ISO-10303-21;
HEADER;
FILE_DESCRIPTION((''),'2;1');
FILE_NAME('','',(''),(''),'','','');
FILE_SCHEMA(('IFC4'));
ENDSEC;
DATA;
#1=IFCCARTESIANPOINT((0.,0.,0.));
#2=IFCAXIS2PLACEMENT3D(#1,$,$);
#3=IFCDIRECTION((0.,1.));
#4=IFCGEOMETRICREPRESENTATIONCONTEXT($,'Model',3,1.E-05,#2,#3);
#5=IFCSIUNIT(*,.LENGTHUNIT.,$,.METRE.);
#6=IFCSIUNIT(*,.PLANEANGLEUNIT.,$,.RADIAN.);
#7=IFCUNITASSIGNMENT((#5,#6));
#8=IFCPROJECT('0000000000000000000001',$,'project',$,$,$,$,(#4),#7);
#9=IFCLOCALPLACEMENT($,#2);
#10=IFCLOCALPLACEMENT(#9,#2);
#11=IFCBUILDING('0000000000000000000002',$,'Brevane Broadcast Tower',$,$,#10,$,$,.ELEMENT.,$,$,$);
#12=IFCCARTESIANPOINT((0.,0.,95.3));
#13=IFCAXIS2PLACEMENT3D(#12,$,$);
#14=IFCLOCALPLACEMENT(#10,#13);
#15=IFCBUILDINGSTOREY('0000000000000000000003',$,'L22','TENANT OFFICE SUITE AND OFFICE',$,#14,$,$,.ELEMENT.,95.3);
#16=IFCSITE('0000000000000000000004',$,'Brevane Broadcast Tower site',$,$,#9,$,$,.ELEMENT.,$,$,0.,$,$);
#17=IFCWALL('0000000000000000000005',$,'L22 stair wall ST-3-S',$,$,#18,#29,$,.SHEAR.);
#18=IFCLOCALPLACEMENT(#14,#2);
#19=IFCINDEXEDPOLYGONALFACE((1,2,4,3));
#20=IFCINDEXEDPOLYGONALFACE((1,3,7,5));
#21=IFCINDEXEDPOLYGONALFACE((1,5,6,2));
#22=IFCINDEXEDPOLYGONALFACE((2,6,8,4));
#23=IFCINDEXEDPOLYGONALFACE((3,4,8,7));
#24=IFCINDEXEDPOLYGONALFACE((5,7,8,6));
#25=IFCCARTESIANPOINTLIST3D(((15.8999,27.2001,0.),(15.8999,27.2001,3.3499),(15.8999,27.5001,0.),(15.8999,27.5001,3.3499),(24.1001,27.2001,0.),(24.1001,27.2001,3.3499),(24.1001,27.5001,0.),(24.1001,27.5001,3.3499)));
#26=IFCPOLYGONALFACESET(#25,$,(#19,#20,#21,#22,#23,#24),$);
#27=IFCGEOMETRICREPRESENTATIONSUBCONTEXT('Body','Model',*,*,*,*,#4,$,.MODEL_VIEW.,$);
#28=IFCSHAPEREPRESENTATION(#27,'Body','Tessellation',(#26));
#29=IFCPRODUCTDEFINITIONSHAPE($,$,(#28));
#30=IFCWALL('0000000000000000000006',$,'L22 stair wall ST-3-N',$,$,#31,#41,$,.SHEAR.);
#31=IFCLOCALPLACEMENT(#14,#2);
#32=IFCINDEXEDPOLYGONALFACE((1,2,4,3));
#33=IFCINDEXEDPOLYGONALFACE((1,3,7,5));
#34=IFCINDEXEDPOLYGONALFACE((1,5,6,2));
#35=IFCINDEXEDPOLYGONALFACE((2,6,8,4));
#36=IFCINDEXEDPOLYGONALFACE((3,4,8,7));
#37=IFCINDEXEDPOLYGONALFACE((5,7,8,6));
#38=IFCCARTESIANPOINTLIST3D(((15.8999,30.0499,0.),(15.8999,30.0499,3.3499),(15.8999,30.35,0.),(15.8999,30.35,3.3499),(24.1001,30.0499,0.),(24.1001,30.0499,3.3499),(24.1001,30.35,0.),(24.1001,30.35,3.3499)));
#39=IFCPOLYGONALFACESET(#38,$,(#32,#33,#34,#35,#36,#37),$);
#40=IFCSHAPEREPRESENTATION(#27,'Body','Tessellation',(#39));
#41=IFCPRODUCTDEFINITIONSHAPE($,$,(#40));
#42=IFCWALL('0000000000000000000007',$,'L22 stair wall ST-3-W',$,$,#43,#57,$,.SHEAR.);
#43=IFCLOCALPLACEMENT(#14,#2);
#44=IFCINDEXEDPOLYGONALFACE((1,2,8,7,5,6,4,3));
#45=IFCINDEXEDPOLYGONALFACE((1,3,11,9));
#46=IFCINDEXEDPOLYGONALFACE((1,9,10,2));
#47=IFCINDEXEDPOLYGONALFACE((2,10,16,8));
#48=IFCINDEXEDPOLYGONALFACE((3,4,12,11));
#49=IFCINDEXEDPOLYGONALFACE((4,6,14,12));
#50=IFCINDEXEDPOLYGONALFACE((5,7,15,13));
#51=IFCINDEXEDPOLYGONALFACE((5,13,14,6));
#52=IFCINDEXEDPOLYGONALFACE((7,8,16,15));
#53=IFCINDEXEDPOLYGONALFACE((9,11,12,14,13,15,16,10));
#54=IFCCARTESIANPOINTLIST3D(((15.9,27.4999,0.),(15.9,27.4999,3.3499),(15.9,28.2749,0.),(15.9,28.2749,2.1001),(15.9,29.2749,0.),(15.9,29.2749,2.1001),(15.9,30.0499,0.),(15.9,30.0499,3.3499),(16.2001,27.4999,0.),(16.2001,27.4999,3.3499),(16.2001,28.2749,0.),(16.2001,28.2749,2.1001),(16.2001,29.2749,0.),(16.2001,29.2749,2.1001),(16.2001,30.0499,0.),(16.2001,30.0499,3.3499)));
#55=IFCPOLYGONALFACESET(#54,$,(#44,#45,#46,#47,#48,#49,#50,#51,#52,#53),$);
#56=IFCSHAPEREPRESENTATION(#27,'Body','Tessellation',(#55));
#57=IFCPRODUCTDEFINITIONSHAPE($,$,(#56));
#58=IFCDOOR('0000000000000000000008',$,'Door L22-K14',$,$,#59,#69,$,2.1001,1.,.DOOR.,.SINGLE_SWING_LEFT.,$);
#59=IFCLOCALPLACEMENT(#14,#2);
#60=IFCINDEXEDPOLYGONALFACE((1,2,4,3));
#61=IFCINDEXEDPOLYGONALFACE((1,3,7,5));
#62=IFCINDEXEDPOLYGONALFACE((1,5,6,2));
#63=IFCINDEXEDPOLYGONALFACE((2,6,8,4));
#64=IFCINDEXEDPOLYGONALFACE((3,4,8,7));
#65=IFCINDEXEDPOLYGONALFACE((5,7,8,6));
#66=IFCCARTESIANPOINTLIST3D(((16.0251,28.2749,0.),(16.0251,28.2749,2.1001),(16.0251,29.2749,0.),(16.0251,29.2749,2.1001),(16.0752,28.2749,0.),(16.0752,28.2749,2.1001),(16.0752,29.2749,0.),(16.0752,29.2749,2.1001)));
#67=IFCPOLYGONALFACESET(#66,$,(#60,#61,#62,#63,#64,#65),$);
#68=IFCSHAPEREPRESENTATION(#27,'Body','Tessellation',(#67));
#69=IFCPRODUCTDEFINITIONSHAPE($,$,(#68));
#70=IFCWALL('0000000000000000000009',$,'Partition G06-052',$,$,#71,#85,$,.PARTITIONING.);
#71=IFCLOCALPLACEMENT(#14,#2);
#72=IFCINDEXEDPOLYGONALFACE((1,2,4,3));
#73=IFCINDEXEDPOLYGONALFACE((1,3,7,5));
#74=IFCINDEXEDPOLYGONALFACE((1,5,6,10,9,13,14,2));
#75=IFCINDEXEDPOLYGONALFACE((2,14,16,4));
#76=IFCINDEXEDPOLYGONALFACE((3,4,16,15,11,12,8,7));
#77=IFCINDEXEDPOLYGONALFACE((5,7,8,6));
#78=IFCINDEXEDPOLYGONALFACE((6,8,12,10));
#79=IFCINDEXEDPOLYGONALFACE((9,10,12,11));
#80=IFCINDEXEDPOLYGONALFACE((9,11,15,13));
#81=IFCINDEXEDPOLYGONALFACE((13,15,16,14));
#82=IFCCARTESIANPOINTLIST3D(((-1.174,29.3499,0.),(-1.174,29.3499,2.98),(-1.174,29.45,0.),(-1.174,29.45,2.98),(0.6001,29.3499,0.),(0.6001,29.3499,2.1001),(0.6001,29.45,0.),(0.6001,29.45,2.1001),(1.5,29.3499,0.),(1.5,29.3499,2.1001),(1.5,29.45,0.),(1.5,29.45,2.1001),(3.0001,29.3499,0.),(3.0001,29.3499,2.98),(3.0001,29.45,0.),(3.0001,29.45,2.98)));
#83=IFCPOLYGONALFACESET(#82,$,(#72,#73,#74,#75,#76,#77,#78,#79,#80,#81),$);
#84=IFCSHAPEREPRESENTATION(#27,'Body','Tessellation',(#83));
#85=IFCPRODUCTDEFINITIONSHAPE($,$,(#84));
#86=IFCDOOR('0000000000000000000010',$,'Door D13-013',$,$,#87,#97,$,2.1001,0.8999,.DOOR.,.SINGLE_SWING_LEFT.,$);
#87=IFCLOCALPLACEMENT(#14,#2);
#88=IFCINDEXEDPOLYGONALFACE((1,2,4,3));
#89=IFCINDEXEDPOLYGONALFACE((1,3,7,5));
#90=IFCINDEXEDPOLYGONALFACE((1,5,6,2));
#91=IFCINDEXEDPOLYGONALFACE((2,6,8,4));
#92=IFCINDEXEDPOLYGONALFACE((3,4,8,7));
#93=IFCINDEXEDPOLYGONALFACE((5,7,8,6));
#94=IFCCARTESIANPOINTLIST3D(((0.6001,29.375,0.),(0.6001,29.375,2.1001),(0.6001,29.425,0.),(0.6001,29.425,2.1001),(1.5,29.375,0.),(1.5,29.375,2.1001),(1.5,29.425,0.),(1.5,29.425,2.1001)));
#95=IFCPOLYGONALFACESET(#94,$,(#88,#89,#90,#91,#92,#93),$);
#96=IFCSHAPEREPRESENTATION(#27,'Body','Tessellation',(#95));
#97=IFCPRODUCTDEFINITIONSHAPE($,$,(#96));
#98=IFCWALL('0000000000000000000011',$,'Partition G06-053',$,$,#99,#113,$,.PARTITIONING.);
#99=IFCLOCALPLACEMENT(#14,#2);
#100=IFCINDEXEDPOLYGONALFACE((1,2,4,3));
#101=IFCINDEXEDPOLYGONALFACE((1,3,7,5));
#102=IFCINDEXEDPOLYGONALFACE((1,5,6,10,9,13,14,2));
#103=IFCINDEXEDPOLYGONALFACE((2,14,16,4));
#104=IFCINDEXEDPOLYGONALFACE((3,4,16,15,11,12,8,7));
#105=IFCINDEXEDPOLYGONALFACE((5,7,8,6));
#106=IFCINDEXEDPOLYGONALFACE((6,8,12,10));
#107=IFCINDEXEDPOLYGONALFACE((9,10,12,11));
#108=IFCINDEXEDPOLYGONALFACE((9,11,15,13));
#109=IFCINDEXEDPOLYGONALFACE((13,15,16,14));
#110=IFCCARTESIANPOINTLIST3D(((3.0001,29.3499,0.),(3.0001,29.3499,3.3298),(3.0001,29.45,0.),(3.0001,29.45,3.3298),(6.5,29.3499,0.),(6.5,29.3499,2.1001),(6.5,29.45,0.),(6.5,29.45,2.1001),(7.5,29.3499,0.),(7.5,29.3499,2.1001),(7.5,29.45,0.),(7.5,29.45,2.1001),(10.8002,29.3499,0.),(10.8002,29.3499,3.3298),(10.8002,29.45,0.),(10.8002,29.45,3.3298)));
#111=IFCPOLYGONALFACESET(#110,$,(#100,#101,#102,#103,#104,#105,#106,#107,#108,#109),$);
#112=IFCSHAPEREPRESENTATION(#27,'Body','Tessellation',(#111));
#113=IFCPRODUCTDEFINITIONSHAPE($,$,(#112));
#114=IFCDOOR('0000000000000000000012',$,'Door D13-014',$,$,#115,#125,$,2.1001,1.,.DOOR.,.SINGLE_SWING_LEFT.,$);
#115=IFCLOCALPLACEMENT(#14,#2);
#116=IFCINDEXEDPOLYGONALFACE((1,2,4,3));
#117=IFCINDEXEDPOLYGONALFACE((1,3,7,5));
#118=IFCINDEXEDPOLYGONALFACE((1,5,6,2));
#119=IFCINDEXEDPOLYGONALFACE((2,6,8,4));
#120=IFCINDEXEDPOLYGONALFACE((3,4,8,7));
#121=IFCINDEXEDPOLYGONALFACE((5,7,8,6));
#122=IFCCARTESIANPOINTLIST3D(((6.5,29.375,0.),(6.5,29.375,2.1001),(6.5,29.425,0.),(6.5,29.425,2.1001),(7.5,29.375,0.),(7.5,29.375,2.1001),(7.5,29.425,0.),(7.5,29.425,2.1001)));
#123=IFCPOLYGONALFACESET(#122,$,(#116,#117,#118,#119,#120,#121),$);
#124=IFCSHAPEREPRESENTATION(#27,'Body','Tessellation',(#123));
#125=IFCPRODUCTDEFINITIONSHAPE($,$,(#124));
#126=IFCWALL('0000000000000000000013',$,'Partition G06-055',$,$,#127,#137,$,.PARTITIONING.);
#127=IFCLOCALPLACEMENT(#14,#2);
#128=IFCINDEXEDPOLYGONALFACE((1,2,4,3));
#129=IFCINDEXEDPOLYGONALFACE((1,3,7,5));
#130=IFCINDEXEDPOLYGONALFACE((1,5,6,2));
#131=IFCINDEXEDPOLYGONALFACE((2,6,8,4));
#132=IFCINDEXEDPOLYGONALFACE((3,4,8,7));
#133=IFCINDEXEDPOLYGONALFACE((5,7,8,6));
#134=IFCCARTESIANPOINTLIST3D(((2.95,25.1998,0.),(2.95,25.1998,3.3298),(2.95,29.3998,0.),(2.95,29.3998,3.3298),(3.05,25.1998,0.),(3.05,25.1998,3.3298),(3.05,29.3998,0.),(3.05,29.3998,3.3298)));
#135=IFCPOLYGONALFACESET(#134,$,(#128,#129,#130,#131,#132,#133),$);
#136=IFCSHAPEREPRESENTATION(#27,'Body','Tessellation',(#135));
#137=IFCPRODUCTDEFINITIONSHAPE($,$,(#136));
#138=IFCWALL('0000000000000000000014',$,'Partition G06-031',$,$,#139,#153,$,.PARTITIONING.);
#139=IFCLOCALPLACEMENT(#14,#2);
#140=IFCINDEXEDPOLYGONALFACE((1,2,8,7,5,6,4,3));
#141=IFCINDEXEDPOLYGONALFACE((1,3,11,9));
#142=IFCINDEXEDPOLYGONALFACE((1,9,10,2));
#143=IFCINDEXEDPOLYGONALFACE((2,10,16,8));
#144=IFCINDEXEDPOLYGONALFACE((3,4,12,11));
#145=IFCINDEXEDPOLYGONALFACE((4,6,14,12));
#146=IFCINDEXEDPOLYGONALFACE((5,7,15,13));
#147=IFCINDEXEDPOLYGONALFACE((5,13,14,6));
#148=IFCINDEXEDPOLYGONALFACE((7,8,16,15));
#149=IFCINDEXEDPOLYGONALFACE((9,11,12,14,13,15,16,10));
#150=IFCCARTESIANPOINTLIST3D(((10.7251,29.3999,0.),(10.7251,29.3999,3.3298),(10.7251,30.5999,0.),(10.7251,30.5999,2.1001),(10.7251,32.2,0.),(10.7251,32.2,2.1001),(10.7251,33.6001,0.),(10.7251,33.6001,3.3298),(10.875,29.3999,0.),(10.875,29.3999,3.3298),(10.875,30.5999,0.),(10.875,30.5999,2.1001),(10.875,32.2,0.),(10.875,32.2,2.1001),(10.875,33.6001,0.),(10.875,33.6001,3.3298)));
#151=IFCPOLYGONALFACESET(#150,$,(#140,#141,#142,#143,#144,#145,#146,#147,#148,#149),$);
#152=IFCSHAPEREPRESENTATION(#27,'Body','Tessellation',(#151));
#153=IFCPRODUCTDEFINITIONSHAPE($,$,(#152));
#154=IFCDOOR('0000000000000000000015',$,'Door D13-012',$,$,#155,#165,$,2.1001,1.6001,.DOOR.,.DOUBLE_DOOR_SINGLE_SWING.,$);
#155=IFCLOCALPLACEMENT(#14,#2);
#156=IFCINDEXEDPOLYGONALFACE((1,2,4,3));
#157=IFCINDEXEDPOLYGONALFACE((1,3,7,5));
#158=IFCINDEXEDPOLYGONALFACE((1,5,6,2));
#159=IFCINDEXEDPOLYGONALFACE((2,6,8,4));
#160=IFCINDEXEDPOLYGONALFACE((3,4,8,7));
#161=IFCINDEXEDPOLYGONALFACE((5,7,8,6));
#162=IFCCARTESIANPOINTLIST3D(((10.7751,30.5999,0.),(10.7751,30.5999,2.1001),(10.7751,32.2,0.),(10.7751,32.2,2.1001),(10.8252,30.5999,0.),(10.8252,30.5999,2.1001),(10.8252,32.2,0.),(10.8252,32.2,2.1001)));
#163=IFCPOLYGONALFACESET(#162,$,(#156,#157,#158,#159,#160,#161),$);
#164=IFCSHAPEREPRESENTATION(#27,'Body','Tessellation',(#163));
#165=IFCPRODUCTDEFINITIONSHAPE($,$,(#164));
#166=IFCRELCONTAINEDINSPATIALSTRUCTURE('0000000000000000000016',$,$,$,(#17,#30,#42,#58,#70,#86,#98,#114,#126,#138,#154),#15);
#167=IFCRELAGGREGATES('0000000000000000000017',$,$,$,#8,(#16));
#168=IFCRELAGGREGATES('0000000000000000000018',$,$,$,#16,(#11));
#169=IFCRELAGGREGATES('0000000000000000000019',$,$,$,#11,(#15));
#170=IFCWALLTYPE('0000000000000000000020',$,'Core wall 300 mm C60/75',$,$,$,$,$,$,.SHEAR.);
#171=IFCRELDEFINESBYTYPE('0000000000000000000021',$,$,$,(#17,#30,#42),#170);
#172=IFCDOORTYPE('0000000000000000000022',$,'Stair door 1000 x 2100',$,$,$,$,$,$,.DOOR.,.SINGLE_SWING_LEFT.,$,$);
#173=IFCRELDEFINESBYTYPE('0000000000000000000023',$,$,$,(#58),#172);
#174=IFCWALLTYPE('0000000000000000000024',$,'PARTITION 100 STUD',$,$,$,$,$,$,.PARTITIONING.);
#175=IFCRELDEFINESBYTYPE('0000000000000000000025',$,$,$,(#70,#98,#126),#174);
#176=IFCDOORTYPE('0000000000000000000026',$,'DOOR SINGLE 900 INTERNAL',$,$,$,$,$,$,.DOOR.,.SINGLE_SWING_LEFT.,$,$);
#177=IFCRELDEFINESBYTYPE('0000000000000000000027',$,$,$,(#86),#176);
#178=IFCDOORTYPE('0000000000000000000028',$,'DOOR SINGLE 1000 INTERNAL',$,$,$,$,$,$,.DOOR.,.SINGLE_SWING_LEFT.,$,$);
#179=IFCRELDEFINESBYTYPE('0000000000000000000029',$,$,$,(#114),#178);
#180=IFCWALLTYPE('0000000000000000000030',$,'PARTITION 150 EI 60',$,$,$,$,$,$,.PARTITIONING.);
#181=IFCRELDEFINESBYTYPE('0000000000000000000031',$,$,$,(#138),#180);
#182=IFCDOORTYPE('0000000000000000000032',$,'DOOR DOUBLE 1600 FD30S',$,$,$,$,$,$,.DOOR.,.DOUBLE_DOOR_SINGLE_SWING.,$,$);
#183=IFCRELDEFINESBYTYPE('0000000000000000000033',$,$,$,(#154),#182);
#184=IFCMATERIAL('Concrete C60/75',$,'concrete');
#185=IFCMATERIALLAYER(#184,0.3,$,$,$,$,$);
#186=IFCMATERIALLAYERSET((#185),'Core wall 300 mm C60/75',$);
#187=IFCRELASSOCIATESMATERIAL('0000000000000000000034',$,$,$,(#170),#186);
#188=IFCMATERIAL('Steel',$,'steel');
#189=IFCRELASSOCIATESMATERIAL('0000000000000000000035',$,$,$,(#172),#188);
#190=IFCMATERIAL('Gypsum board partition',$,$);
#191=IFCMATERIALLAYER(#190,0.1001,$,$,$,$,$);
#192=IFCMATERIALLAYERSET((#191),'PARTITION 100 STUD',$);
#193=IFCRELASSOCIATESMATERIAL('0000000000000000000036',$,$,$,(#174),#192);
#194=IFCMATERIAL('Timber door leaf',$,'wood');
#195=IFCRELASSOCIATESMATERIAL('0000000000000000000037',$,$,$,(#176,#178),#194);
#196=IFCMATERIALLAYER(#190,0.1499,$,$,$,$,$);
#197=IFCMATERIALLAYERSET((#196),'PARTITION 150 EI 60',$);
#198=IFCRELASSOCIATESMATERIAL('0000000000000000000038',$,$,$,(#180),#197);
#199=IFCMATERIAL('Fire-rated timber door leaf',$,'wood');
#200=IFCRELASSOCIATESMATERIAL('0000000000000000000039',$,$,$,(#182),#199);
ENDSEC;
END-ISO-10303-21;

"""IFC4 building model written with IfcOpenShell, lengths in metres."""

from ifc_helpers import new_model, si_unit, direction, frame, frame_2d, origin, place, context, subcontext, project, spatial, rectangle, extrude, material, layer, layer_set, type_object, element, fill, save


model = new_model("IFC4")

# Units and contexts
model_context = context("Model", 3, precision=1e-05, world=origin(), true_north=direction((0.0, 1.0)))
body_context = subcontext(model_context, "Body", "Model", "MODEL_VIEW")
ifc_project = project(units=[si_unit("LENGTHUNIT", "METRE"), si_unit("PLANEANGLEUNIT", "RADIAN")], contexts=[model_context])

# Site, building, storey
site_placement = place(None, origin())
site = spatial("IfcSite", under=ifc_project, at=site_placement, Name="Brevane Broadcast Tower site", CompositionType="ELEMENT", RefElevation=0.0)
building_placement = place(site_placement, origin())
building = spatial("IfcBuilding", under=site, at=building_placement, Name="Brevane Broadcast Tower", CompositionType="ELEMENT")
storey_placement = place(building_placement, frame((0.0, 0.0, 95.3)))
storey = spatial("IfcBuildingStorey", under=building, at=storey_placement, Name="L22", Description="TENANT OFFICE SUITE AND OFFICE", CompositionType="ELEMENT", Elevation=95.3)

# Shared definitions
ifc_material_1 = material(Name="Concrete C60/75", Category="concrete")

# Shared definitions
ifc_layer_1 = layer(ifc_material_1, 0.3)
ifc_layer_set_1 = layer_set([ifc_layer_1], Name="Core wall 300 mm C60/75")
wall_type_1 = type_object("IfcWallType", Name="Core wall 300 mm C60/75", PredefinedType="SHEAR", material=ifc_layer_set_1)
ifc_material_2 = material(Name="Steel", Category="steel")
door_type_1 = type_object("IfcDoorType", Name="Stair door 1000 x 2100", OperationType="SINGLE_SWING_LEFT", PredefinedType="DOOR", material=ifc_material_2)

# Walls
for number, where, z_axis, x_axis, name in (
    (1, (15.8999, 27.3501, 0.0), (0.0, 0.0, 1.0), (1.0, 0.0, 0.0), "L22 stair wall ST-3-S"),
    (2, (15.8999, 30.2, 0.0), (0.0, 0.0, 1.0), (1.0, 0.0, 0.0), "L22 stair wall ST-3-N"),
):
    element("IfcWall", number, at=place(storey_placement, frame(where, z_axis=z_axis, x_axis=x_axis)), inside=storey, type_object=wall_type_1, Name=name, PredefinedType="SHEAR", context=body_context, shape_type="SweptSolid", body=[
        extrude(rectangle(XDim=8.2002, YDim=0.3, at=frame_2d((4.1001, 0.0))), origin(), (0.0, 0.0, 1.0), 3.3499),
    ])

# Walls, openings, doors
wall_1_placement = place(storey_placement, frame((16.05, 27.5, 0.0), z_axis=(0.0, 0.0, 1.0), x_axis=(0.0, 1.0, 0.0)))
wall_1 = element("IfcWall", 3, at=wall_1_placement, inside=storey, type_object=wall_type_1, Name="L22 stair wall ST-3-W", PredefinedType="SHEAR", context=body_context, shape_type="SweptSolid", body=[
    extrude(rectangle(XDim=2.55, YDim=0.3, at=frame_2d((1.2749, 0.0))), origin(), (0.0, 0.0, 1.0), 3.3499),
])
opening_1_placement = place(wall_1_placement, frame((0.7749, 0.0, 0.0)))
opening_1 = element("IfcOpeningElement", 4, at=opening_1_placement, cuts=wall_1, PredefinedType="OPENING", context=body_context, shape_type="SweptSolid", body=[
    extrude(rectangle(XDim=1.0, YDim=2.1001, at=frame_2d((0.5, 1.05))), frame((0.0, 0.1599, 0.0), z_axis=(0.0, -1.0, 0.0), x_axis=(1.0, 0.0, 0.0)), (0.0, 0.0, 1.0), 0.3201),
])
door_1_placement = place(opening_1_placement, origin())
door_1 = element("IfcDoor", 5, at=door_1_placement, inside=storey, type_object=door_type_1, Name="Door L22-K14", OperationType="SINGLE_SWING_LEFT", OverallHeight=2.1001, OverallWidth=1.0, PredefinedType="DOOR", context=body_context, shape_type="SweptSolid", body=[
    extrude(rectangle(XDim=1.0, YDim=2.1001, at=frame_2d((0.5, 1.05))), frame((0.0, 0.0249, 0.0), z_axis=(0.0, -1.0, 0.0), x_axis=(1.0, 0.0, 0.0)), (0.0, 0.0, 1.0), 0.05),
])
fill(opening_1, door_1)
ifc_material_3 = material(Name="Gypsum board partition")
ifc_layer_2 = layer(ifc_material_3, 0.1001)
ifc_layer_set_2 = layer_set([ifc_layer_2], Name="PARTITION 100 STUD")
wall_type_2 = type_object("IfcWallType", Name="PARTITION 100 STUD", PredefinedType="PARTITIONING", material=ifc_layer_set_2)
wall_2_placement = place(storey_placement, frame((3.0, 29.3999, 0.0), z_axis=(0.0, 0.0, 1.0), x_axis=(-1.0, 0.0, 0.0)))
wall_2 = element("IfcWall", 6, at=wall_2_placement, inside=storey, type_object=wall_type_2, Name="Partition G06-052", PredefinedType="PARTITIONING", context=body_context, shape_type="SweptSolid", body=[
    extrude(rectangle(XDim=4.1741, YDim=0.1001, at=frame_2d((2.0869, 0.0))), origin(), (0.0, 0.0, 1.0), 2.98),
])
opening_2_placement = place(wall_2_placement, frame((1.5, 0.0, 0.0)))
opening_2 = element("IfcOpeningElement", 7, at=opening_2_placement, cuts=wall_2, PredefinedType="OPENING", context=body_context, shape_type="SweptSolid", body=[
    extrude(rectangle(XDim=0.8999, YDim=2.1001, at=frame_2d((0.45, 1.05))), frame((0.0, 0.0601, 0.0), z_axis=(0.0, -1.0, 0.0), x_axis=(1.0, 0.0, 0.0)), (0.0, 0.0, 1.0), 0.1201),
])
ifc_material_4 = material(Name="Timber door leaf", Category="wood")
door_type_2 = type_object("IfcDoorType", Name="DOOR SINGLE 900 INTERNAL", OperationType="SINGLE_SWING_LEFT", PredefinedType="DOOR", material=ifc_material_4)
door_2_placement = place(opening_2_placement, origin())
door_2 = element("IfcDoor", 8, at=door_2_placement, inside=storey, type_object=door_type_2, Name="Door D13-013", OperationType="SINGLE_SWING_LEFT", OverallHeight=2.1001, OverallWidth=0.8999, PredefinedType="DOOR", context=body_context, shape_type="SweptSolid", body=[
    extrude(rectangle(XDim=0.8999, YDim=2.1001, at=frame_2d((0.45, 1.05))), frame((0.0, 0.0249, 0.0), z_axis=(0.0, -1.0, 0.0), x_axis=(1.0, 0.0, 0.0)), (0.0, 0.0, 1.0), 0.05),
])
fill(opening_2, door_2)
wall_3_placement = place(storey_placement, frame((10.8, 29.3999, 0.0), z_axis=(0.0, 0.0, 1.0), x_axis=(-1.0, 0.0, 0.0)))
wall_3 = element("IfcWall", 9, at=wall_3_placement, inside=storey, type_object=wall_type_2, Name="Partition G06-053", PredefinedType="PARTITIONING", context=body_context, shape_type="SweptSolid", body=[
    extrude(rectangle(XDim=7.8, YDim=0.1001, at=frame_2d((3.8999, 0.0))), origin(), (0.0, 0.0, 1.0), 3.3298),
])
opening_3_placement = place(wall_3_placement, frame((3.3, 0.0, 0.0)))
opening_3 = element("IfcOpeningElement", 10, at=opening_3_placement, cuts=wall_3, PredefinedType="OPENING", context=body_context, shape_type="SweptSolid", body=[
    extrude(rectangle(XDim=1.0, YDim=2.1001, at=frame_2d((0.5, 1.05))), frame((0.0, 0.0601, 0.0), z_axis=(0.0, -1.0, 0.0), x_axis=(1.0, 0.0, 0.0)), (0.0, 0.0, 1.0), 0.1201),
])
door_type_3 = type_object("IfcDoorType", Name="DOOR SINGLE 1000 INTERNAL", OperationType="SINGLE_SWING_LEFT", PredefinedType="DOOR", material=ifc_material_4)
door_3_placement = place(opening_3_placement, origin())
door_3 = element("IfcDoor", 11, at=door_3_placement, inside=storey, type_object=door_type_3, Name="Door D13-014", OperationType="SINGLE_SWING_LEFT", OverallHeight=2.1001, OverallWidth=1.0, PredefinedType="DOOR", context=body_context, shape_type="SweptSolid", body=[
    extrude(rectangle(XDim=1.0, YDim=2.1001, at=frame_2d((0.5, 1.05))), frame((0.0, 0.0249, 0.0), z_axis=(0.0, -1.0, 0.0), x_axis=(1.0, 0.0, 0.0)), (0.0, 0.0, 1.0), 0.05),
])
fill(opening_3, door_3)

# Wall
wall_4_placement = place(storey_placement, frame((3.0, 29.3999, 0.0), z_axis=(0.0, 0.0, 1.0), x_axis=(0.0, -1.0, 0.0)))
element("IfcWall", 12, at=wall_4_placement, inside=storey, type_object=wall_type_2, Name="Partition G06-055", PredefinedType="PARTITIONING", context=body_context, shape_type="SweptSolid", body=[
    extrude(rectangle(XDim=4.2, YDim=0.1001, at=frame_2d((2.1001, 0.0))), origin(), (0.0, 0.0, 1.0), 3.3298),
])

# Wall, opening, door
ifc_layer_3 = layer(ifc_material_3, 0.1499)
ifc_layer_set_3 = layer_set([ifc_layer_3], Name="PARTITION 150 EI 60")
wall_type_3 = type_object("IfcWallType", Name="PARTITION 150 EI 60", PredefinedType="PARTITIONING", material=ifc_layer_set_3)
wall_5_placement = place(storey_placement, frame((10.8, 29.3999, 0.0), z_axis=(0.0, 0.0, 1.0), x_axis=(0.0, 1.0, 0.0)))
wall_5 = element("IfcWall", 13, at=wall_5_placement, inside=storey, type_object=wall_type_3, Name="Partition G06-031", PredefinedType="PARTITIONING", context=body_context, shape_type="SweptSolid", body=[
    extrude(rectangle(XDim=4.2002, YDim=0.1499, at=frame_2d((2.1001, 0.0))), origin(), (0.0, 0.0, 1.0), 3.3298),
])
opening_4_placement = place(wall_5_placement, frame((1.2, 0.0, 0.0)))
opening_4 = element("IfcOpeningElement", 14, at=opening_4_placement, cuts=wall_5, PredefinedType="OPENING", context=body_context, shape_type="SweptSolid", body=[
    extrude(rectangle(XDim=1.6001, YDim=2.1001, at=frame_2d((0.8, 1.05))), frame((0.0, 0.085, 0.0), z_axis=(0.0, -1.0, 0.0), x_axis=(1.0, 0.0, 0.0)), (0.0, 0.0, 1.0), 0.1699),
])
ifc_material_5 = material(Name="Fire-rated timber door leaf", Category="wood")
door_type_4 = type_object("IfcDoorType", Name="DOOR DOUBLE 1600 FD30S", OperationType="DOUBLE_DOOR_SINGLE_SWING", PredefinedType="DOOR", material=ifc_material_5)
door_4_placement = place(opening_4_placement, origin())
door_4 = element("IfcDoor", 15, at=door_4_placement, inside=storey, type_object=door_type_4, Name="Door D13-012", OperationType="DOUBLE_DOOR_SINGLE_SWING", OverallHeight=2.1001, OverallWidth=1.6001, PredefinedType="DOOR", context=body_context, shape_type="SweptSolid", body=[
    extrude(rectangle(XDim=1.6001, YDim=2.1001, at=frame_2d((0.8, 1.05))), frame((0.0, 0.0249, 0.0), z_axis=(0.0, -1.0, 0.0), x_axis=(1.0, 0.0, 0.0)), (0.0, 0.0, 1.0), 0.05),
])
fill(opening_4, door_4)

save(model, "model.ifc")
